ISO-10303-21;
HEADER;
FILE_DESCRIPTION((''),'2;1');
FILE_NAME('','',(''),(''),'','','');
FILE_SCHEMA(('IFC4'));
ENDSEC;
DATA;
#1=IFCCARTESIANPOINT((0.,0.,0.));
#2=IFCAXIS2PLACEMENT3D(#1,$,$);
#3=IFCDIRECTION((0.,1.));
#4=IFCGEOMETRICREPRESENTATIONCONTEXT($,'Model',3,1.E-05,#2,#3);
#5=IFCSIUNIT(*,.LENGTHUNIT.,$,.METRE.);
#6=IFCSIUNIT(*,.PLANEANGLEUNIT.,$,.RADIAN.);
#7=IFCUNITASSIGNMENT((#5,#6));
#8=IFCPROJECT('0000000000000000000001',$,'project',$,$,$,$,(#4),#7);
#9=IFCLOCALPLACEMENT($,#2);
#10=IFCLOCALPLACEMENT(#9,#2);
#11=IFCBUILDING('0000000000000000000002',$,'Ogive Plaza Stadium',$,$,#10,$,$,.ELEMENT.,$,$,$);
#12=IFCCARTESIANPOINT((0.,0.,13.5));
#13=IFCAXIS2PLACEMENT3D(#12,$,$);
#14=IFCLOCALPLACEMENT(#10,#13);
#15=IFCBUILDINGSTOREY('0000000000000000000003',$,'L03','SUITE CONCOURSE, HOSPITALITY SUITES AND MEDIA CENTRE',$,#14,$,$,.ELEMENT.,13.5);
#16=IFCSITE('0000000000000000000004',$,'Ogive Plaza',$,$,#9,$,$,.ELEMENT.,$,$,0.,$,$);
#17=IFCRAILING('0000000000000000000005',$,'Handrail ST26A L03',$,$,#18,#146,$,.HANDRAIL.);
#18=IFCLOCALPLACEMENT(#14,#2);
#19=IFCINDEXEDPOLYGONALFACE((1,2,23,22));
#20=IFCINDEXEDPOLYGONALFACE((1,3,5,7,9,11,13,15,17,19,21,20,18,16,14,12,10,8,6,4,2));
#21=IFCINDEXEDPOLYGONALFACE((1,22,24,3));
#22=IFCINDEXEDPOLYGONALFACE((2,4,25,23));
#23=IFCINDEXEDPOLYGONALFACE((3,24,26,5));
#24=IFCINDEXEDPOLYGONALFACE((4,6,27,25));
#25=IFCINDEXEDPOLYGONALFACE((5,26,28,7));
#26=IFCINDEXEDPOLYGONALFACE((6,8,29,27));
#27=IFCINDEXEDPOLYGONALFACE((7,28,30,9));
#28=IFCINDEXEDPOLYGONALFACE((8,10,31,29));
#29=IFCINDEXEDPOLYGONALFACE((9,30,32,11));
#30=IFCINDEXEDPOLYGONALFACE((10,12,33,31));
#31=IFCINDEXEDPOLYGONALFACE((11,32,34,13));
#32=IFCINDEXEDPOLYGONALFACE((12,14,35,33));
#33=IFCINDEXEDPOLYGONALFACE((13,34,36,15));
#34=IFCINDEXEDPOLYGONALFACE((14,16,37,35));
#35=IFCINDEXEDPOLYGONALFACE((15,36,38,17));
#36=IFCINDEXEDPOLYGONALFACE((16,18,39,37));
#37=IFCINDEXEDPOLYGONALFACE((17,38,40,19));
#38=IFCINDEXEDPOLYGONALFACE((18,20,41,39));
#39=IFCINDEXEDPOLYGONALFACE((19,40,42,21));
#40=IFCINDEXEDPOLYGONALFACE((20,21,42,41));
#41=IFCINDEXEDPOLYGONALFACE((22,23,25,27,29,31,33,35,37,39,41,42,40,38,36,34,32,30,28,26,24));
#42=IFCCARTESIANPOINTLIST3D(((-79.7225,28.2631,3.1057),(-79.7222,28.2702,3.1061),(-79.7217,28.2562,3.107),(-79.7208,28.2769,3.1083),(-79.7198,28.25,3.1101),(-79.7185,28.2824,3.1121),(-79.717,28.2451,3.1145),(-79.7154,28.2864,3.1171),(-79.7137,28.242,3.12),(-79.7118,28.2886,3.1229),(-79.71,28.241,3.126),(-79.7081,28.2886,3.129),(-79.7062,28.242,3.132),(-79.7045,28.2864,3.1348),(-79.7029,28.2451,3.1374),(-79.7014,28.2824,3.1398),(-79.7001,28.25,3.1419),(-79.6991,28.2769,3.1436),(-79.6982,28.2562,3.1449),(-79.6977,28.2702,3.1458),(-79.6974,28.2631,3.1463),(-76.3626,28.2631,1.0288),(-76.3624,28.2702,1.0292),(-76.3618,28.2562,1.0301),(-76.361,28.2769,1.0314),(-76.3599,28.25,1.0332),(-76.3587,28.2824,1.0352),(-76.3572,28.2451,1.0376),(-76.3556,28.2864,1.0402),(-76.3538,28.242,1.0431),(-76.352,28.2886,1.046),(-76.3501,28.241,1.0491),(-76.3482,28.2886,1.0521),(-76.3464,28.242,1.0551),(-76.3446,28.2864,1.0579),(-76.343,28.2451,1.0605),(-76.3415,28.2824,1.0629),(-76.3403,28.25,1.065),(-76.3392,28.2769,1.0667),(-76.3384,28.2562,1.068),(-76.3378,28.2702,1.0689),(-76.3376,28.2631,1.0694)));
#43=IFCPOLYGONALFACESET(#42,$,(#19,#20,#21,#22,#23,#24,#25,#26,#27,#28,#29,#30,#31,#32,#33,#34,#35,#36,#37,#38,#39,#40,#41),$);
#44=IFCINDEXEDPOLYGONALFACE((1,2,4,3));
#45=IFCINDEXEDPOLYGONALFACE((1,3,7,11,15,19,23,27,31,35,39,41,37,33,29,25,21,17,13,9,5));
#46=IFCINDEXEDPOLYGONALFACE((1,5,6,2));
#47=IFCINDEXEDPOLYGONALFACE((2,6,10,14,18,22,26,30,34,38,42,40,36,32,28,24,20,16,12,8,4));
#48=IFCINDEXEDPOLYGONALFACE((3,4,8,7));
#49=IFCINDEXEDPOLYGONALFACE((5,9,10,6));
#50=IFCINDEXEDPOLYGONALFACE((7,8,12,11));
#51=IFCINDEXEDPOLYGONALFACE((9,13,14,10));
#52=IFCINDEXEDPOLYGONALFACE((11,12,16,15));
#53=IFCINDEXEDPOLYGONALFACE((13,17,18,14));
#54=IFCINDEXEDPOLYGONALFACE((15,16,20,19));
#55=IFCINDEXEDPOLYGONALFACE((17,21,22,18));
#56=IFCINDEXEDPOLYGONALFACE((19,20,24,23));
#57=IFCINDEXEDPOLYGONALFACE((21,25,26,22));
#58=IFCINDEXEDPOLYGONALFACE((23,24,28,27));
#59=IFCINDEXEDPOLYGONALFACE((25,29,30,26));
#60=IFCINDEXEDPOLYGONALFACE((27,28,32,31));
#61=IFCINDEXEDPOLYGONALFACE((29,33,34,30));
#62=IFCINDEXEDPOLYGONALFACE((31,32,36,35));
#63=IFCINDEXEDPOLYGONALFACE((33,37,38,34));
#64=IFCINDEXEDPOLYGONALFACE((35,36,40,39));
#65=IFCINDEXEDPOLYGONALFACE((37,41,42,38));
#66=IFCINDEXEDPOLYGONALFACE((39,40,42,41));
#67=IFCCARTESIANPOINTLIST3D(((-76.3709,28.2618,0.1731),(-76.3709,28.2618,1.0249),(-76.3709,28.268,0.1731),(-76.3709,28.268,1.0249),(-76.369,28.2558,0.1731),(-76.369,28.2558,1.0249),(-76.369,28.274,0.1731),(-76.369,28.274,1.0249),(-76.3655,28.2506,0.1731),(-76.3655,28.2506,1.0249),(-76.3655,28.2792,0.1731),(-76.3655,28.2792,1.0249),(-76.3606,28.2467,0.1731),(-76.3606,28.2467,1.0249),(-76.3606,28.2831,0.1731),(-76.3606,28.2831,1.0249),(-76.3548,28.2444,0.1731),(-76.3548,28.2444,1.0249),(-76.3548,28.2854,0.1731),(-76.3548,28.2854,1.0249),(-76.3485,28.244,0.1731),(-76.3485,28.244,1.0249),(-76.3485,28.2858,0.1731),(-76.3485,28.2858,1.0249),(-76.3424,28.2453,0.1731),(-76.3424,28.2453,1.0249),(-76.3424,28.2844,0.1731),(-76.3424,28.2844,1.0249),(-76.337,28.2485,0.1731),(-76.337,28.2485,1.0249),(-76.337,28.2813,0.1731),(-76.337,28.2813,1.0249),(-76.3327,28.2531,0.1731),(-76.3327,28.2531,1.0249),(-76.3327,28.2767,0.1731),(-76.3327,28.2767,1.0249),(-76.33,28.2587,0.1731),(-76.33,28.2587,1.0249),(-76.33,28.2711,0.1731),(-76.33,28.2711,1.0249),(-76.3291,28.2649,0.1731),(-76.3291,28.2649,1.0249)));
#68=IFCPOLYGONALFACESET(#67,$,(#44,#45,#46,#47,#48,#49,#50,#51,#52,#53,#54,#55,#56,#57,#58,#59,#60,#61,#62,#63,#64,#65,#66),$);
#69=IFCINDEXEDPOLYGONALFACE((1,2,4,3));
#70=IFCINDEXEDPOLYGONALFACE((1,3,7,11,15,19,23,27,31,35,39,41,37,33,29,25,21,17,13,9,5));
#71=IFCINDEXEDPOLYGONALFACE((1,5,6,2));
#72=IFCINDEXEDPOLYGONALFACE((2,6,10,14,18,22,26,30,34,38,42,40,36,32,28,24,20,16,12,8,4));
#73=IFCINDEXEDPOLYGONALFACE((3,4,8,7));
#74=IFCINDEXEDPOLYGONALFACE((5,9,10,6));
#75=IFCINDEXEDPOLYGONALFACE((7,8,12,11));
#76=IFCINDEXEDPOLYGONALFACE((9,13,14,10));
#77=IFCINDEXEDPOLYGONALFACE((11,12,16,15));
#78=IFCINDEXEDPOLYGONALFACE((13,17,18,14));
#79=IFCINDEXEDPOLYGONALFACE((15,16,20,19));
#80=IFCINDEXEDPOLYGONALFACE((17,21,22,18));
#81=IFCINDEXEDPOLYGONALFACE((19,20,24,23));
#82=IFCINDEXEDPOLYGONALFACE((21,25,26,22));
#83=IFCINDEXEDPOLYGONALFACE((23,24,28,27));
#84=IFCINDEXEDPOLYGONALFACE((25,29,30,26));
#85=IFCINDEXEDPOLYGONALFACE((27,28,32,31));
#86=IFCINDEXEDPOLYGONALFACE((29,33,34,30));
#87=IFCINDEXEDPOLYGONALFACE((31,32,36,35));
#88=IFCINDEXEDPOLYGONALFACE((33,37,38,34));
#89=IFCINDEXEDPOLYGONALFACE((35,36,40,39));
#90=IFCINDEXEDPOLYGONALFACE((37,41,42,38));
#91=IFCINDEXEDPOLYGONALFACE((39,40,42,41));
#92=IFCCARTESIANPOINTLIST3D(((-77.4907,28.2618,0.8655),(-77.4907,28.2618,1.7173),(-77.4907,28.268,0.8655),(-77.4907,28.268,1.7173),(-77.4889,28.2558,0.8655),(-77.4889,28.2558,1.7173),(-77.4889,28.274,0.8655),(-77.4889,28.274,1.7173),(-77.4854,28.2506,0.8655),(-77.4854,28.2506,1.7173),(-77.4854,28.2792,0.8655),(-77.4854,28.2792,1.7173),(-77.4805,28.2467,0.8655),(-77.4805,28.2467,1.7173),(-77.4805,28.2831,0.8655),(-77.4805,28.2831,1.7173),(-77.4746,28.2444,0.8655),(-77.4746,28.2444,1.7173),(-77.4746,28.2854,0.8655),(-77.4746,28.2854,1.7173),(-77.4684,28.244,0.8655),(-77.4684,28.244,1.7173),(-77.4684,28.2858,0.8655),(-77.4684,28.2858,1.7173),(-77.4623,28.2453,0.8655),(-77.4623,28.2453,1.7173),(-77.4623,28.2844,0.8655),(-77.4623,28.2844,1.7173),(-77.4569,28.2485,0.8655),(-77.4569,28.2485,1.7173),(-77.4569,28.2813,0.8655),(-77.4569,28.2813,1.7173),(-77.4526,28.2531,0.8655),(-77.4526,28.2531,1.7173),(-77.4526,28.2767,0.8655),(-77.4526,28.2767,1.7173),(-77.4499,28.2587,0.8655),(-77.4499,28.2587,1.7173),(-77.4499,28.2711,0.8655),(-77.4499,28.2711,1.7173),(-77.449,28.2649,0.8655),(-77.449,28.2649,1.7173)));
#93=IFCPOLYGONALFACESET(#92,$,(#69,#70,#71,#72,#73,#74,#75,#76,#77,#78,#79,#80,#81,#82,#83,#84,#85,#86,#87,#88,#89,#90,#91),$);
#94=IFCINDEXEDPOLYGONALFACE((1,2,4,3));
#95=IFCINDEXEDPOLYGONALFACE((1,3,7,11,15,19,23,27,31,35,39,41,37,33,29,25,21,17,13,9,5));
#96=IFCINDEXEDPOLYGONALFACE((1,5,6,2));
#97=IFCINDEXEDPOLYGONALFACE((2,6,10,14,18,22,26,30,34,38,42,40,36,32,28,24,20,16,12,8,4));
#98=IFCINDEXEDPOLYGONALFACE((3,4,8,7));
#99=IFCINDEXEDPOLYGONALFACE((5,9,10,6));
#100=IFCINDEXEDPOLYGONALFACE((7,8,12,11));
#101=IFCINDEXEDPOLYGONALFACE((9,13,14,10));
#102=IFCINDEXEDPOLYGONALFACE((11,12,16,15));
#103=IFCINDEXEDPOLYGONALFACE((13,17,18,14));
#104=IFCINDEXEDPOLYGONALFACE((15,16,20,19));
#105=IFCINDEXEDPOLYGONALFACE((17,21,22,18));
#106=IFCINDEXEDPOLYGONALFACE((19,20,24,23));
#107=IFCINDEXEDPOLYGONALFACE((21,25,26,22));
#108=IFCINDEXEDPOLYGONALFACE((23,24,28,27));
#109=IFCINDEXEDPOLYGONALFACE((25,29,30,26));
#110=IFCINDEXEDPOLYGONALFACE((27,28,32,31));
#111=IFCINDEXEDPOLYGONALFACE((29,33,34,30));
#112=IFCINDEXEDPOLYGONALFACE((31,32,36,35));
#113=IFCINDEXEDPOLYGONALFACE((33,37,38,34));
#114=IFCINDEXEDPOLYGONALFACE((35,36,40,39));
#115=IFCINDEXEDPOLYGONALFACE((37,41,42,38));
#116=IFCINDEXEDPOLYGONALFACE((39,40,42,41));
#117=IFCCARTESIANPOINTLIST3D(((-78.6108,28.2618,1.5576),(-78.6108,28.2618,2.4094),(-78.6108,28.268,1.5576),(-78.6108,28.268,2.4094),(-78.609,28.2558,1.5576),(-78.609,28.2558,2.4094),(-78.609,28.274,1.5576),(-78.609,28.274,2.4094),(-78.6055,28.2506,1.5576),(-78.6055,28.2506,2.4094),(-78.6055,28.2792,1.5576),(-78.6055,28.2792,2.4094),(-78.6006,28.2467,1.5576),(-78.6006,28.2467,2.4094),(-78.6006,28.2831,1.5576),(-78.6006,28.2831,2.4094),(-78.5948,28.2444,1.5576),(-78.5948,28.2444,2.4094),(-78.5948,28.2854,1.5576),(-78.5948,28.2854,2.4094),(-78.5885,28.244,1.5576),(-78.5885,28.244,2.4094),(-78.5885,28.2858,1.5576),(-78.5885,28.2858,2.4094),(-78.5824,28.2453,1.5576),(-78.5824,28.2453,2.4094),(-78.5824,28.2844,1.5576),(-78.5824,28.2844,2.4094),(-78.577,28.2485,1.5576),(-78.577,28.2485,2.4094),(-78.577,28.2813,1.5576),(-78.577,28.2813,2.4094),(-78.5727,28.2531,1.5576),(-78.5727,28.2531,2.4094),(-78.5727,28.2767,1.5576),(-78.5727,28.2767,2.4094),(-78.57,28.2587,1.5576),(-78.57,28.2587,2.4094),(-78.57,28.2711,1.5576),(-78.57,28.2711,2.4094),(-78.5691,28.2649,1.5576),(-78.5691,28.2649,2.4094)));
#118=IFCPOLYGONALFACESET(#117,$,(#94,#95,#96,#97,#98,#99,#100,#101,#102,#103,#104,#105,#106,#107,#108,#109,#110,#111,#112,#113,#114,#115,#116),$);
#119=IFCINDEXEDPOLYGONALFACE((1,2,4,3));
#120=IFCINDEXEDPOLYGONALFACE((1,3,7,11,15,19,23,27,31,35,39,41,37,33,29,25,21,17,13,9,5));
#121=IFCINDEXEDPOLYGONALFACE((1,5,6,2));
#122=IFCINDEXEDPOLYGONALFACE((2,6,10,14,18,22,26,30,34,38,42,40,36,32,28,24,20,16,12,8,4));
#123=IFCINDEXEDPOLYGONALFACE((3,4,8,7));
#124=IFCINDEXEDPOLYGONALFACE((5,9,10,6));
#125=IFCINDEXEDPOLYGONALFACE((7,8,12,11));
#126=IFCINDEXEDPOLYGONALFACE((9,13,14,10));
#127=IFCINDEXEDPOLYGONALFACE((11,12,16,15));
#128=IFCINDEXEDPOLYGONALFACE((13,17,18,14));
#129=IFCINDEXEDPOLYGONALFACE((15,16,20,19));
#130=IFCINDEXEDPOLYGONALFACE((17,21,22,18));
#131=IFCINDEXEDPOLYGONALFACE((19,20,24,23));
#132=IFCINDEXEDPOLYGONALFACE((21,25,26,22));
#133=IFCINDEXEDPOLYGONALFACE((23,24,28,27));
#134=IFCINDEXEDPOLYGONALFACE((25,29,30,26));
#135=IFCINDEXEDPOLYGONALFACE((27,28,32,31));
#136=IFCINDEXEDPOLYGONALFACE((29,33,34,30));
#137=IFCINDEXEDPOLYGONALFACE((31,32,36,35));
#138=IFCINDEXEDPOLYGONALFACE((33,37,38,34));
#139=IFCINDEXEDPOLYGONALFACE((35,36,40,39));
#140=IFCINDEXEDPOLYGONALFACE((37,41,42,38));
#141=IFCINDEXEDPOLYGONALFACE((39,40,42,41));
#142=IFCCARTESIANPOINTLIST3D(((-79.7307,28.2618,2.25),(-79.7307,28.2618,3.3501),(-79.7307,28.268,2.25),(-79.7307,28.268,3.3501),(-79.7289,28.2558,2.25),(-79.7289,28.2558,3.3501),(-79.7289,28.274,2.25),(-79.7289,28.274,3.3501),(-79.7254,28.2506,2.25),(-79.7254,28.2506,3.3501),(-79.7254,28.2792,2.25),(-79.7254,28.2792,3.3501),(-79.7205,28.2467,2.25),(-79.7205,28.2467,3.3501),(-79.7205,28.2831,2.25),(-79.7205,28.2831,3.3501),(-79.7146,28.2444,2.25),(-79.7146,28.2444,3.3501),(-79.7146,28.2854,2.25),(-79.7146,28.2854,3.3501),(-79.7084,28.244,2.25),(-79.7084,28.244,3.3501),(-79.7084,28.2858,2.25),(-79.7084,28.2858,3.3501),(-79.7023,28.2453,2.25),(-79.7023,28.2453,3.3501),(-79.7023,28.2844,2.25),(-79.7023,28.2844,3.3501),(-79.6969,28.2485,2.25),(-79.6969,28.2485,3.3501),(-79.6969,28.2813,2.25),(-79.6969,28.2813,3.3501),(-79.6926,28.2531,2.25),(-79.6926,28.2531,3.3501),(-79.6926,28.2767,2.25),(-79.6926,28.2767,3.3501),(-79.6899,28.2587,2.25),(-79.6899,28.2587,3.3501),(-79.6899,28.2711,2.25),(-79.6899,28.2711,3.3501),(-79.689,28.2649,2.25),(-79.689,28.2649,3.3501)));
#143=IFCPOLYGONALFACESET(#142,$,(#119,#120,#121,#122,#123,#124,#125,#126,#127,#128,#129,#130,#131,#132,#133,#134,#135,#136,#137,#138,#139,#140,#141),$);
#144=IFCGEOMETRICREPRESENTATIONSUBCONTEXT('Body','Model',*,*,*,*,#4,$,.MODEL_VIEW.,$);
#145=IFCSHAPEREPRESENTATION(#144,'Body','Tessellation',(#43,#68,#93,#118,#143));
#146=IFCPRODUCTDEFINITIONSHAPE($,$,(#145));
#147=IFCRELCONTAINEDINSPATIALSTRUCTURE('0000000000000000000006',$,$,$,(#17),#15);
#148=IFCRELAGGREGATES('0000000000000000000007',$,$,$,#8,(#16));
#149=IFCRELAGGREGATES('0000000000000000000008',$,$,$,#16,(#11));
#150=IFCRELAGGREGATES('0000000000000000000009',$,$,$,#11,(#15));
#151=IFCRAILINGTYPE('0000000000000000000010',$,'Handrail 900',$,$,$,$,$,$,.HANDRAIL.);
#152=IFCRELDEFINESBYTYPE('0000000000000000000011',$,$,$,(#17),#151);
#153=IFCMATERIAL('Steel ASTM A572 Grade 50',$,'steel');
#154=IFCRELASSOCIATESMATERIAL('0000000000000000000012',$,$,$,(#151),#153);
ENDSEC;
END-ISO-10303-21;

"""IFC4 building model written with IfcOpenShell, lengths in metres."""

from ifc_helpers import new_model, si_unit, direction, frame, origin, origin_2d, place, context, subcontext, project, spatial, circle, extrude, material, type_object, element, save


model = new_model("IFC4")

# Units and contexts
model_context = context("Model", 3, precision=1e-05, world=origin(), true_north=direction((0.0, 1.0)))
body_context = subcontext(model_context, "Body", "Model", "MODEL_VIEW")
ifc_project = project(units=[si_unit("LENGTHUNIT", "METRE"), si_unit("PLANEANGLEUNIT", "RADIAN")], contexts=[model_context])

# Site, building, storey
site_placement = place(None, origin())
site = spatial("IfcSite", under=ifc_project, at=site_placement, Name="Ogive Plaza", CompositionType="ELEMENT", RefElevation=0.0)
building_placement = place(site_placement, origin())
building = spatial("IfcBuilding", under=site, at=building_placement, Name="Ogive Plaza Stadium", CompositionType="ELEMENT")
storey_placement = place(building_placement, frame((0.0, 0.0, 13.5)))
storey = spatial("IfcBuildingStorey", under=building, at=storey_placement, Name="L03", Description="SUITE CONCOURSE, HOSPITALITY SUITES AND MEDIA CENTRE", CompositionType="ELEMENT", Elevation=13.5)

# Railing
ifc_material_1 = material(Name="Steel ASTM A572 Grade 50", Category="steel")
railing_type_1 = type_object("IfcRailingType", Name="Handrail 900", PredefinedType="HANDRAIL", material=ifc_material_1)
for number, where, name in (
    (1, (-76.3501, 28.2649, 0.1731), "Handrail ST26A L03"),
):
    element("IfcRailing", number, at=place(storey_placement, frame(where)), inside=storey, type_object=railing_type_1, Name=name, PredefinedType="HANDRAIL", context=body_context, shape_type="SweptSolid", body=[
        extrude(circle(Radius=0.0239, at=origin_2d()), frame((0.0, 0.0, 0.876), z_axis=(-0.850606, 0.0, 0.525803), x_axis=(0.0, -1.0, 0.0)), (0.0, 0.0, 1.0), 3.95),
        extrude(circle(Radius=0.021, at=origin_2d()), origin(), (0.0, 0.0, 1.0), 0.8518),
        extrude(circle(Radius=0.021, at=origin_2d()), frame((-1.1199, 0.0, 0.6924)), (0.0, 0.0, 1.0), 0.8518),
        extrude(circle(Radius=0.021, at=origin_2d()), frame((-2.24, 0.0, 1.3845)), (0.0, 0.0, 1.0), 0.8518),
        extrude(circle(Radius=0.021, at=origin_2d()), frame((-3.3599, 0.0, 2.0769)), (0.0, 0.0, 1.0), 1.1001),
    ])

save(model, "model.ifc")
